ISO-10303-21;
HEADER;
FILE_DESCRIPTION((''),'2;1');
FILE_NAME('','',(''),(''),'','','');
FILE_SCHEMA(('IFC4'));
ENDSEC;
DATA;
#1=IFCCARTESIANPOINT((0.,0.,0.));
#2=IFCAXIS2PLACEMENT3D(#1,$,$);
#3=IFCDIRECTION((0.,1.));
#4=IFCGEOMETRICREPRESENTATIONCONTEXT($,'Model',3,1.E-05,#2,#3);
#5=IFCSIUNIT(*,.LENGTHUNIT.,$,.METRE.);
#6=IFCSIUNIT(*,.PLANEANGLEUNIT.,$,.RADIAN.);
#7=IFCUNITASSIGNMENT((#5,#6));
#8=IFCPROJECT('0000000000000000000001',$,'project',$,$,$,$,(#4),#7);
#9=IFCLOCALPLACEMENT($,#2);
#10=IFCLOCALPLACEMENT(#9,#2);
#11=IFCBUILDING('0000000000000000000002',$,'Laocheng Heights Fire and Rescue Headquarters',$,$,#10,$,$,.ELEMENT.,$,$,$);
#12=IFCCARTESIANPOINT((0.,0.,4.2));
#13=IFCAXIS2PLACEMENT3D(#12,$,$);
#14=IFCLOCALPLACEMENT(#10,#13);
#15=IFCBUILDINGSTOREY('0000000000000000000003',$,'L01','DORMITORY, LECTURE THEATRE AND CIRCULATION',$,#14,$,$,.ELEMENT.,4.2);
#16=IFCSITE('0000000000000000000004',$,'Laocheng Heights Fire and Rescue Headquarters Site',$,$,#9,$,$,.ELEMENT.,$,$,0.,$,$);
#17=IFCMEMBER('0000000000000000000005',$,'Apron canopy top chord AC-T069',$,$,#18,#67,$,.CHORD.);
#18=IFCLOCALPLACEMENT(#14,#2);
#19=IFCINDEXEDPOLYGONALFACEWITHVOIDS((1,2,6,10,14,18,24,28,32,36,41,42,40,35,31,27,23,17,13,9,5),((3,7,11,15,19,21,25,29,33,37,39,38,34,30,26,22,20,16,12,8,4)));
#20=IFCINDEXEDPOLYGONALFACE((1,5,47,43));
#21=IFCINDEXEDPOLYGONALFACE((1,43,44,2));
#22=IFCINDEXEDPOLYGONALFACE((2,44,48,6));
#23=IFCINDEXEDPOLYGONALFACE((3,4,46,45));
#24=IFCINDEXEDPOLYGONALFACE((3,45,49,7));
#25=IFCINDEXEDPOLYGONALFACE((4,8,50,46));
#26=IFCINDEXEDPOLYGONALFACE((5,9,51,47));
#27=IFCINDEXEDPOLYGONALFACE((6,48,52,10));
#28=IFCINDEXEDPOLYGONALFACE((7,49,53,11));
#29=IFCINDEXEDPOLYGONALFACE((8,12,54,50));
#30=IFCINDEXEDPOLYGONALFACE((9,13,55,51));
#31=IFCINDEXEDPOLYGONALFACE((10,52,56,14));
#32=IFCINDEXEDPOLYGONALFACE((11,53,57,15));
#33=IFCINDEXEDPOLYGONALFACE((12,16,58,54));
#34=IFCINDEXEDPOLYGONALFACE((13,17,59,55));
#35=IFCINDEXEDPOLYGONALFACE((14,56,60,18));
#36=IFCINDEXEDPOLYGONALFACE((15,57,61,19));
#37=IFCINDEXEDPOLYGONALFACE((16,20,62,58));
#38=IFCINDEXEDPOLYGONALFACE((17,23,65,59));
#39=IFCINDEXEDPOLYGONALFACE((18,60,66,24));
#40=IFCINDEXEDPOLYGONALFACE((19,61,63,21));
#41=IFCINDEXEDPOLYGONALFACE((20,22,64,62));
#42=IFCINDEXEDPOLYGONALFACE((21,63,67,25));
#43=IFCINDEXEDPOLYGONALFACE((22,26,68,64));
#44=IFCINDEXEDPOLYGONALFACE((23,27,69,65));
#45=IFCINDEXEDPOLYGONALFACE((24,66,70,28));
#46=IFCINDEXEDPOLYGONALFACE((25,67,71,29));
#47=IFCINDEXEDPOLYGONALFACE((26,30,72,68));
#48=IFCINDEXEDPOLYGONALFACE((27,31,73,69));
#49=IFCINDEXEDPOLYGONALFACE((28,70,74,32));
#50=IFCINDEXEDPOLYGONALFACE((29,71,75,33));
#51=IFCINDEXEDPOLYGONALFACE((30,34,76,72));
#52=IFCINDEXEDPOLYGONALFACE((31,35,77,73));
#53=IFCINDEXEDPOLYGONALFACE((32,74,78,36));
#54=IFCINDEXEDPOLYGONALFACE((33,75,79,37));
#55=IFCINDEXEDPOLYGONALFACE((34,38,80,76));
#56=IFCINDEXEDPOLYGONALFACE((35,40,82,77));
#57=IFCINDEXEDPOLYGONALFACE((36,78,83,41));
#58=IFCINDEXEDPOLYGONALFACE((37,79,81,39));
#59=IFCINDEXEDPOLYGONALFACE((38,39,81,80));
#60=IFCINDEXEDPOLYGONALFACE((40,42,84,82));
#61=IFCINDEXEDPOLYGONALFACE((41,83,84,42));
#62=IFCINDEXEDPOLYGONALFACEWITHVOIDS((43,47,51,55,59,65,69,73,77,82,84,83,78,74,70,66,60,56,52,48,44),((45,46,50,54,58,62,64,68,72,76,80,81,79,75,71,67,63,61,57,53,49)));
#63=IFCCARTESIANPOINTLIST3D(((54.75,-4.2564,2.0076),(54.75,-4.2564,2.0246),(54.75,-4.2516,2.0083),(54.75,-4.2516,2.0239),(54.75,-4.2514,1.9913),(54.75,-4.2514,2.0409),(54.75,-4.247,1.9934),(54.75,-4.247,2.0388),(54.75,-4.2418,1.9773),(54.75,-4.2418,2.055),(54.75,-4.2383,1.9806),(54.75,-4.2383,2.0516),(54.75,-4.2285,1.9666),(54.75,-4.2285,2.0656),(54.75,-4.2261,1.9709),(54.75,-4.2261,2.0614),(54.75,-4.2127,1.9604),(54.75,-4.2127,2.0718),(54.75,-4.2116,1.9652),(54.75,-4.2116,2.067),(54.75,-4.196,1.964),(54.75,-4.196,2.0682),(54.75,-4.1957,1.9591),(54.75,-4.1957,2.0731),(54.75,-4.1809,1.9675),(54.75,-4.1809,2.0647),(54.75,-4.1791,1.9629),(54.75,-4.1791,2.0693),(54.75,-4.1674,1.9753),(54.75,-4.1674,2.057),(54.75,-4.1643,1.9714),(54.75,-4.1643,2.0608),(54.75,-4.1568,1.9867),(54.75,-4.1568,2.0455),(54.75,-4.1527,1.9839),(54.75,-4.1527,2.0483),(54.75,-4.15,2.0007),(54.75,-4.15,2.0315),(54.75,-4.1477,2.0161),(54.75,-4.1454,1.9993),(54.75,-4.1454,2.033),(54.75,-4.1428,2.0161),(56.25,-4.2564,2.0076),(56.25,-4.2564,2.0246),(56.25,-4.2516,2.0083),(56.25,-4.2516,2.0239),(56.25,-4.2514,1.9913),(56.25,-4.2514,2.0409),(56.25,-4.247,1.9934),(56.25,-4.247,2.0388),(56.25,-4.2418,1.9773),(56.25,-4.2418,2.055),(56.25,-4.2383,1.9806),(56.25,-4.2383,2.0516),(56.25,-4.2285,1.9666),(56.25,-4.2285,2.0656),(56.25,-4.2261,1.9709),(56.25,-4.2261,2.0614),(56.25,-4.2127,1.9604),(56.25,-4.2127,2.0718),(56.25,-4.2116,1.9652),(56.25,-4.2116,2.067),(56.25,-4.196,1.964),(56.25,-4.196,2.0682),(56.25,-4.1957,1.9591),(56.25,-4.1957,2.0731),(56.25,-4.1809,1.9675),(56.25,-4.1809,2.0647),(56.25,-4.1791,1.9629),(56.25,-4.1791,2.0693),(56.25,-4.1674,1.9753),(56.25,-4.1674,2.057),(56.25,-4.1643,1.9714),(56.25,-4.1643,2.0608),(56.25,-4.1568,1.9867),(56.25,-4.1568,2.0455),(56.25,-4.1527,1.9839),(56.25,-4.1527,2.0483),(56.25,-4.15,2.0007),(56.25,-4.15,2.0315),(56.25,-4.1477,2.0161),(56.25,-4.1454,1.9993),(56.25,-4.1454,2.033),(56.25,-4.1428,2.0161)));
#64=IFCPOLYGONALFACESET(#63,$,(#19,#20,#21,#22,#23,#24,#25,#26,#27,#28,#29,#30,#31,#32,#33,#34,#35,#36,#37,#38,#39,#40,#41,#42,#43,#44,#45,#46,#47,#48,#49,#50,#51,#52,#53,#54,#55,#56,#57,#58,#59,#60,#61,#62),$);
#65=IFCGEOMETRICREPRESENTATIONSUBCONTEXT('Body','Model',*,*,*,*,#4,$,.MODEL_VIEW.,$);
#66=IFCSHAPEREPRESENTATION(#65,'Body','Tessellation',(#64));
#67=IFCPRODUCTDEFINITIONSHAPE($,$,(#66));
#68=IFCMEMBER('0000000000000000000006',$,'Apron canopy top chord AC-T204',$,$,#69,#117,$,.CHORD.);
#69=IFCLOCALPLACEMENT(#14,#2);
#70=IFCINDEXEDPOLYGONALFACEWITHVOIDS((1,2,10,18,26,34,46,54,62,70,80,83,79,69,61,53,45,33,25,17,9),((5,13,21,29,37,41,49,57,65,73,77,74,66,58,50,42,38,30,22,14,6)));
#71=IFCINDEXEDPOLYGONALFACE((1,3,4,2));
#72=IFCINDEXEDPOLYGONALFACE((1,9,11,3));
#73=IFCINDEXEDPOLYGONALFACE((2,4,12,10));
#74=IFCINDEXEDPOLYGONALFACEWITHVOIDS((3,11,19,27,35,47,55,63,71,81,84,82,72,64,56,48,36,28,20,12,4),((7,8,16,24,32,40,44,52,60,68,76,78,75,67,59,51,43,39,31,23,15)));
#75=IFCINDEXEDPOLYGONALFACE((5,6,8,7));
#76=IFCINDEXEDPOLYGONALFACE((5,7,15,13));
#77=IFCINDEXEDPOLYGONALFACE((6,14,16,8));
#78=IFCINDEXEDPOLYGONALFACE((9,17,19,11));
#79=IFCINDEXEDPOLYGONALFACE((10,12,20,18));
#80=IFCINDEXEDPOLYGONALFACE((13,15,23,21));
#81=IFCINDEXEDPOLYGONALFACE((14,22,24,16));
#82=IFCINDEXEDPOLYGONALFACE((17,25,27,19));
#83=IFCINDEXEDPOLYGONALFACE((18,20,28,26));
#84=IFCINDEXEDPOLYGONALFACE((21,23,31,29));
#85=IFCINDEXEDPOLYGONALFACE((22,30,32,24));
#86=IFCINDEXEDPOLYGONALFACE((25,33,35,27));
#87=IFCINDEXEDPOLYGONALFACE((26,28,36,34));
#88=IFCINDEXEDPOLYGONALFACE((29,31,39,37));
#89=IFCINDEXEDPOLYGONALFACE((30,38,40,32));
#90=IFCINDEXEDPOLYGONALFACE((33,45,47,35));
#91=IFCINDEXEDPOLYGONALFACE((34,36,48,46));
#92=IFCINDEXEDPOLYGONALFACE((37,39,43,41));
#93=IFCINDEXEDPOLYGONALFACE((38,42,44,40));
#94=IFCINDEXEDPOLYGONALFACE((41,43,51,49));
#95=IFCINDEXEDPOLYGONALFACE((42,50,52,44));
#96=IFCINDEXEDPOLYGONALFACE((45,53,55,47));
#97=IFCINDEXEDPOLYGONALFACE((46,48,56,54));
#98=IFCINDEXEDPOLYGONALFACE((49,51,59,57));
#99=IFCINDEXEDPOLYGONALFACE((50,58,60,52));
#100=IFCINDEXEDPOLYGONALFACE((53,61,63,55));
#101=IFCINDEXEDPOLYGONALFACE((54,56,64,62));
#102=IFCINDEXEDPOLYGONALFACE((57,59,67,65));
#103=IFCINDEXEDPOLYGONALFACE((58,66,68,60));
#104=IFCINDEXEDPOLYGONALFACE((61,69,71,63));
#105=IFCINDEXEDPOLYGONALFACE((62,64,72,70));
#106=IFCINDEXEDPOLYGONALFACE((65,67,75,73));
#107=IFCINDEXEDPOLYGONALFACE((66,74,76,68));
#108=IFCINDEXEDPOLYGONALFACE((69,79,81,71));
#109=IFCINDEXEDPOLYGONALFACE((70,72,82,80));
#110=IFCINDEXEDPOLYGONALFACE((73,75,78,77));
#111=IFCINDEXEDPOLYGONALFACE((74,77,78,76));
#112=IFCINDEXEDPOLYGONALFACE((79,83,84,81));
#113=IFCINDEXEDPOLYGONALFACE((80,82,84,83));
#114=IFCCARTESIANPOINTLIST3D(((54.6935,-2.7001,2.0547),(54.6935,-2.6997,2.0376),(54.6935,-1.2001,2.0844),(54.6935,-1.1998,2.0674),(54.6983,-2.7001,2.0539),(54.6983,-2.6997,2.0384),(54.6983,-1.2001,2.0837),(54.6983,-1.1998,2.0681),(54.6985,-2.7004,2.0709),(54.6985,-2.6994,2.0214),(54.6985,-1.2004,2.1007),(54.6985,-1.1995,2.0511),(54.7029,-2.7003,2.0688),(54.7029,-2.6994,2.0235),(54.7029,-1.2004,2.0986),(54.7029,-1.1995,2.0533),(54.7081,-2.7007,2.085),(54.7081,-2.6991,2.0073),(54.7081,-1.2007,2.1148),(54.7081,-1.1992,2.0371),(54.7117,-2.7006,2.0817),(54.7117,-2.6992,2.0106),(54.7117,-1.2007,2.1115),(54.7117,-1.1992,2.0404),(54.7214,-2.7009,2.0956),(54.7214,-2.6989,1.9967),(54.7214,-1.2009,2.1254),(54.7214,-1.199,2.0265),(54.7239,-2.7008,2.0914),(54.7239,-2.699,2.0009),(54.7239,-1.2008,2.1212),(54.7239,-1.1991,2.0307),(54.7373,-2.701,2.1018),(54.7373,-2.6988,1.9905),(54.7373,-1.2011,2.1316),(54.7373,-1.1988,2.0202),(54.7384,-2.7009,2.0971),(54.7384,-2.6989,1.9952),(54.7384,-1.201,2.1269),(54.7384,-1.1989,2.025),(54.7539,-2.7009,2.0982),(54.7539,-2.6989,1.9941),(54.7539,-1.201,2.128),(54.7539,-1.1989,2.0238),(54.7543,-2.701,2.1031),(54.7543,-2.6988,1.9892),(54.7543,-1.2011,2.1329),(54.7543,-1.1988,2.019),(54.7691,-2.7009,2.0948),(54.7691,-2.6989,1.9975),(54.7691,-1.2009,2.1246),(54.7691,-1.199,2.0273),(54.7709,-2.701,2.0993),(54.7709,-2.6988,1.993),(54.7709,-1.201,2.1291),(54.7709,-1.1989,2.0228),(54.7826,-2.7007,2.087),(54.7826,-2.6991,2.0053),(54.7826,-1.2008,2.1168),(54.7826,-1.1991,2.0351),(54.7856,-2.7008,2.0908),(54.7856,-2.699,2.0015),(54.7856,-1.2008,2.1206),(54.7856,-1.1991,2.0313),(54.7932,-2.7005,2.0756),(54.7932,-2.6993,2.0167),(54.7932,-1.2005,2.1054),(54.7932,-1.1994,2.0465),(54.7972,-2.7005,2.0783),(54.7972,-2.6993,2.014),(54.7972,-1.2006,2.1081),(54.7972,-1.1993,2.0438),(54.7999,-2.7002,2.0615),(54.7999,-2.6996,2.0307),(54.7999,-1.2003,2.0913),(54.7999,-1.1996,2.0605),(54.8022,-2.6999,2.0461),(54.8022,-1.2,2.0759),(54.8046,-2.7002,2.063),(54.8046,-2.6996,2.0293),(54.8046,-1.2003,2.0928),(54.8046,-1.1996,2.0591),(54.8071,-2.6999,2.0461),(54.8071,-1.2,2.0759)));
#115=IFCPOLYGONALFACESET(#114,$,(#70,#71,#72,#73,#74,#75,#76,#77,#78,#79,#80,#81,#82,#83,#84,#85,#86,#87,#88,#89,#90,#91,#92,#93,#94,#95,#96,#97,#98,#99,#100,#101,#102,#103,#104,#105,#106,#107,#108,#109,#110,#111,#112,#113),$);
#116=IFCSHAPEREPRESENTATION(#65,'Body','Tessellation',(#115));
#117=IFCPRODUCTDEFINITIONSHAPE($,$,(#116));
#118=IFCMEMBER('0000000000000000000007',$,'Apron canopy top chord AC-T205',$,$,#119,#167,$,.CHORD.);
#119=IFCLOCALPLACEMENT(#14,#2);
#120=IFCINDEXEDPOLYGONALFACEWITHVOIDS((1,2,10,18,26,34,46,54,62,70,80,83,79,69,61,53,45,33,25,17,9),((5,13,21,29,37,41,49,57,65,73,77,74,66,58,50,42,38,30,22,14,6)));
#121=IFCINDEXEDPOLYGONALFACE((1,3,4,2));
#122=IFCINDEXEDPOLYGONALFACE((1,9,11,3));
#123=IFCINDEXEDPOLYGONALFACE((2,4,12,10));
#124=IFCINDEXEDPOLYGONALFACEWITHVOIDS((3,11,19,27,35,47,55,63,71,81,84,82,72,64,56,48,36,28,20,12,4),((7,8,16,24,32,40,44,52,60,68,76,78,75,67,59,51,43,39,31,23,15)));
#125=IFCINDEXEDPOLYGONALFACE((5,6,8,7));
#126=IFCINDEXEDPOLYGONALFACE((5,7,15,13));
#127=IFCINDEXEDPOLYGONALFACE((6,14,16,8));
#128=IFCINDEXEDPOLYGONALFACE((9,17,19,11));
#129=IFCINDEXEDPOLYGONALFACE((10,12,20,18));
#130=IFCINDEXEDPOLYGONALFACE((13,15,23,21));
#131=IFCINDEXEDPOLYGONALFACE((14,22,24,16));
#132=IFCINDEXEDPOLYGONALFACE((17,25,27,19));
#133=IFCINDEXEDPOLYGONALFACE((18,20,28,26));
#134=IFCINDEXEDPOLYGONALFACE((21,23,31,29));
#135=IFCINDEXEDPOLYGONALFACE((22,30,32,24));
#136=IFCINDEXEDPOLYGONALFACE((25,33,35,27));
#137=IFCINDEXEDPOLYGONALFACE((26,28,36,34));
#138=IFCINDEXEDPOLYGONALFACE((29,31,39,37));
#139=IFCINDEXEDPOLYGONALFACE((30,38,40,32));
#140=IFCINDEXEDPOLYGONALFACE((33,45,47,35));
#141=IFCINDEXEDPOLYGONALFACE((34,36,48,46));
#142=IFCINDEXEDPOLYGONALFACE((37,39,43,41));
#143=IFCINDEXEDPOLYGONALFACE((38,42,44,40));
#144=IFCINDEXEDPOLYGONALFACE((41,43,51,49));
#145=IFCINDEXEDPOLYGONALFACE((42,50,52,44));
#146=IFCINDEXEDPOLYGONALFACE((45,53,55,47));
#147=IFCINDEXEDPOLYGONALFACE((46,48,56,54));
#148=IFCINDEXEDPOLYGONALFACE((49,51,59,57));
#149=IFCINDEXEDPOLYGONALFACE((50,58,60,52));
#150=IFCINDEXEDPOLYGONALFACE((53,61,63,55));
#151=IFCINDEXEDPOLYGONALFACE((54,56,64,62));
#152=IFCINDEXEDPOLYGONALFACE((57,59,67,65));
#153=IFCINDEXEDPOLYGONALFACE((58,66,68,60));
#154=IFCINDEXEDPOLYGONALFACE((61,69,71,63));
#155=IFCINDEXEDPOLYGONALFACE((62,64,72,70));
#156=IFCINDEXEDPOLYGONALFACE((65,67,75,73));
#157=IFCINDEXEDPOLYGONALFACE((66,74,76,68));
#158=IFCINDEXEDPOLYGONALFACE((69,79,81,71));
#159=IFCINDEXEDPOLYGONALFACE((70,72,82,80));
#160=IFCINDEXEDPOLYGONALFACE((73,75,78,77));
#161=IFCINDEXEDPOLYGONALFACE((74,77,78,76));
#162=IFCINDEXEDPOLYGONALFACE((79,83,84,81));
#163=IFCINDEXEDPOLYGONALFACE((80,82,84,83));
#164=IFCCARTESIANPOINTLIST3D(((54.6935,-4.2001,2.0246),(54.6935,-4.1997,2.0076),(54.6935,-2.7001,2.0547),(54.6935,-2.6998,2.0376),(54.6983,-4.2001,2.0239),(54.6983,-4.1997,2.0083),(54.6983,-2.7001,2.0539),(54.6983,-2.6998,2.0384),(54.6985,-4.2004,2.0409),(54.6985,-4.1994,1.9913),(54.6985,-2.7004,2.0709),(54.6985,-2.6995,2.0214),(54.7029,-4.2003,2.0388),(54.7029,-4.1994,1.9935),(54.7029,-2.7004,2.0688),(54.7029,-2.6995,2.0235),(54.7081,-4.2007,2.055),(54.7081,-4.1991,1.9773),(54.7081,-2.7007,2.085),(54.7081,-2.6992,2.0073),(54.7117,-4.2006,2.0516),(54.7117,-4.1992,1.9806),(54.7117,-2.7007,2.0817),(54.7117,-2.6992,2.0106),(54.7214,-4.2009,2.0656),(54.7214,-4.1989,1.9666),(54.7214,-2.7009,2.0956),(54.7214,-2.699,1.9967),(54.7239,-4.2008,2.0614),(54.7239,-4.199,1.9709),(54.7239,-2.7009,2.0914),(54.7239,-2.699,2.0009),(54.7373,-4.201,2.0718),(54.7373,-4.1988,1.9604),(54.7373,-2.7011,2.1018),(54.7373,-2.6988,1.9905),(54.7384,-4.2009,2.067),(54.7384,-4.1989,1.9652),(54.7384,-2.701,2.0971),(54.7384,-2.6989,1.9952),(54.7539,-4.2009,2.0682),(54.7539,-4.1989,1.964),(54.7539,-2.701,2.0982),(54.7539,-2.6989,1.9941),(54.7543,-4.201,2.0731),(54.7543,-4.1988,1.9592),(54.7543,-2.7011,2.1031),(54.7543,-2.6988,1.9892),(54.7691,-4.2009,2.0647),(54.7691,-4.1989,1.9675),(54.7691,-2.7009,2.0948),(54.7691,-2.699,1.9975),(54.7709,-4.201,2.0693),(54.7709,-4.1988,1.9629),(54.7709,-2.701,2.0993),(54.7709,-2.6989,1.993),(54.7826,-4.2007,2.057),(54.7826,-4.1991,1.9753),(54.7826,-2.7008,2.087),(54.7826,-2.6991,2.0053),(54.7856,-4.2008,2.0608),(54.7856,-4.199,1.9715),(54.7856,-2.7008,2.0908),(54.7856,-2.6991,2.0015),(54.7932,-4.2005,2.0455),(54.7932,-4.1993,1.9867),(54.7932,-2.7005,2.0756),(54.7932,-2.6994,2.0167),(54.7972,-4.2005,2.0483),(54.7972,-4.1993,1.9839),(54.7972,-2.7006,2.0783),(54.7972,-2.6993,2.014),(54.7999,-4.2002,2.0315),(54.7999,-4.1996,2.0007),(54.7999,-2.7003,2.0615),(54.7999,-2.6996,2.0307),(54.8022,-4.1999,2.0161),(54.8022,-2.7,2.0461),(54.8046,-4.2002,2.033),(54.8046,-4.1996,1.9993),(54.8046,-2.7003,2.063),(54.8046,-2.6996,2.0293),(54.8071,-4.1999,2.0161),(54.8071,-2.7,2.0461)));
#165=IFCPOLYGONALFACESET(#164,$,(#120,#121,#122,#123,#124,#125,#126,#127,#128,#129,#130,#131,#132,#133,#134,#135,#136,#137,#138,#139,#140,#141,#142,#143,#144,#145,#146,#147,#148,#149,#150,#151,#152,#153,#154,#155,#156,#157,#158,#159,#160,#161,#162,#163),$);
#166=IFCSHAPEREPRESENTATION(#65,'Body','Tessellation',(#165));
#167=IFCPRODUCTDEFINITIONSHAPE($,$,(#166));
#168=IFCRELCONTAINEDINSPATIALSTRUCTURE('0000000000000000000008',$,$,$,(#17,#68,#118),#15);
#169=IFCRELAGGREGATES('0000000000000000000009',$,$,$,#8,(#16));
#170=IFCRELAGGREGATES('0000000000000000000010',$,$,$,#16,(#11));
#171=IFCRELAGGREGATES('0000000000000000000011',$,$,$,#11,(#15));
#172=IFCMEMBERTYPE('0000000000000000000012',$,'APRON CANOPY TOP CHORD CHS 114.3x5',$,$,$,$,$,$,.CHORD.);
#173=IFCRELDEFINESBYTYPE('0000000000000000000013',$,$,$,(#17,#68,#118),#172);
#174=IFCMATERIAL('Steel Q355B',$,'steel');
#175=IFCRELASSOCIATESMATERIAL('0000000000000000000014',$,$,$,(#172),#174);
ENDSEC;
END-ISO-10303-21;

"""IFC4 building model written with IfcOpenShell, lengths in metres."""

from ifc_helpers import new_model, si_unit, direction, frame, origin, origin_2d, place, context, subcontext, project, spatial, hollow_circle, extrude, material, material_profile, profile_set, type_object, element, save


model = new_model("IFC4")

# Units and contexts
model_context = context("Model", 3, precision=1e-05, world=origin(), true_north=direction((0.0, 1.0)))
body_context = subcontext(model_context, "Body", "Model", "MODEL_VIEW")
ifc_project = project(units=[si_unit("LENGTHUNIT", "METRE"), si_unit("PLANEANGLEUNIT", "RADIAN")], contexts=[model_context])

# Site, building, storey
site_placement = place(None, origin())
site = spatial("IfcSite", under=ifc_project, at=site_placement, Name="Laocheng Heights Fire and Rescue Headquarters Site", CompositionType="ELEMENT", RefElevation=0.0)
building_placement = place(site_placement, origin())
building = spatial("IfcBuilding", under=site, at=building_placement, Name="Laocheng Heights Fire and Rescue Headquarters", CompositionType="ELEMENT")
storey_placement = place(building_placement, frame((0.0, 0.0, 4.2)))
storey = spatial("IfcBuildingStorey", under=building, at=storey_placement, Name="L01", Description="DORMITORY, LECTURE THEATRE AND CIRCULATION", CompositionType="ELEMENT", Elevation=4.2)

# Members
ifc_material_1 = material(Name="Steel Q355B", Category="steel")
ifc_material_profile_1 = material_profile(ifc_material_1, hollow_circle(Radius=0.0571, WallThickness=0.0049, at=origin_2d()), Name="CHS 114.3x5")
ifc_profile_set_1 = profile_set([ifc_material_profile_1], Name="Steel Q355B")
member_type_1 = type_object("IfcMemberType", Name="APRON CANOPY TOP CHORD CHS 114.3x5", PredefinedType="CHORD", material=ifc_profile_set_1)
for number, where, z_axis, x_axis, name in (
    (1, (54.75, -4.2, 2.0161), (1.0, 0.0, 0.0), (0.0, 1.0, 0.0), "Apron canopy top chord AC-T069"),
):
    element("IfcMember", number, at=place(storey_placement, frame(where, z_axis=z_axis, x_axis=x_axis)), inside=storey, type_object=member_type_1, Name=name, PredefinedType="CHORD", context=body_context, shape_type="SweptSolid", body=[
        extrude(hollow_circle(Radius=0.0571, WallThickness=0.0049, at=origin_2d()), origin(), (0.0, 0.0, 1.0), 1.5),
    ])
for number, where, z_axis, x_axis, name in (
    (2, (54.75, -1.2, 2.0759), (0.0, -0.999803, -0.019853), (1.0, 0.0, 0.0), "Apron canopy top chord AC-T204"),
    (3, (54.75, -2.7, 2.0461), (0.0, -0.9998, -0.020016), (1.0, 0.0, 0.0), "Apron canopy top chord AC-T205"),
):
    element("IfcMember", number, at=place(storey_placement, frame(where, z_axis=z_axis, x_axis=x_axis)), inside=storey, type_object=member_type_1, Name=name, PredefinedType="CHORD", context=body_context, shape_type="SweptSolid", body=[
        extrude(hollow_circle(Radius=0.0571, WallThickness=0.0049, at=origin_2d()), origin(), (0.0, 0.0, 1.0), 1.5002),
    ])

save(model, "model.ifc")
